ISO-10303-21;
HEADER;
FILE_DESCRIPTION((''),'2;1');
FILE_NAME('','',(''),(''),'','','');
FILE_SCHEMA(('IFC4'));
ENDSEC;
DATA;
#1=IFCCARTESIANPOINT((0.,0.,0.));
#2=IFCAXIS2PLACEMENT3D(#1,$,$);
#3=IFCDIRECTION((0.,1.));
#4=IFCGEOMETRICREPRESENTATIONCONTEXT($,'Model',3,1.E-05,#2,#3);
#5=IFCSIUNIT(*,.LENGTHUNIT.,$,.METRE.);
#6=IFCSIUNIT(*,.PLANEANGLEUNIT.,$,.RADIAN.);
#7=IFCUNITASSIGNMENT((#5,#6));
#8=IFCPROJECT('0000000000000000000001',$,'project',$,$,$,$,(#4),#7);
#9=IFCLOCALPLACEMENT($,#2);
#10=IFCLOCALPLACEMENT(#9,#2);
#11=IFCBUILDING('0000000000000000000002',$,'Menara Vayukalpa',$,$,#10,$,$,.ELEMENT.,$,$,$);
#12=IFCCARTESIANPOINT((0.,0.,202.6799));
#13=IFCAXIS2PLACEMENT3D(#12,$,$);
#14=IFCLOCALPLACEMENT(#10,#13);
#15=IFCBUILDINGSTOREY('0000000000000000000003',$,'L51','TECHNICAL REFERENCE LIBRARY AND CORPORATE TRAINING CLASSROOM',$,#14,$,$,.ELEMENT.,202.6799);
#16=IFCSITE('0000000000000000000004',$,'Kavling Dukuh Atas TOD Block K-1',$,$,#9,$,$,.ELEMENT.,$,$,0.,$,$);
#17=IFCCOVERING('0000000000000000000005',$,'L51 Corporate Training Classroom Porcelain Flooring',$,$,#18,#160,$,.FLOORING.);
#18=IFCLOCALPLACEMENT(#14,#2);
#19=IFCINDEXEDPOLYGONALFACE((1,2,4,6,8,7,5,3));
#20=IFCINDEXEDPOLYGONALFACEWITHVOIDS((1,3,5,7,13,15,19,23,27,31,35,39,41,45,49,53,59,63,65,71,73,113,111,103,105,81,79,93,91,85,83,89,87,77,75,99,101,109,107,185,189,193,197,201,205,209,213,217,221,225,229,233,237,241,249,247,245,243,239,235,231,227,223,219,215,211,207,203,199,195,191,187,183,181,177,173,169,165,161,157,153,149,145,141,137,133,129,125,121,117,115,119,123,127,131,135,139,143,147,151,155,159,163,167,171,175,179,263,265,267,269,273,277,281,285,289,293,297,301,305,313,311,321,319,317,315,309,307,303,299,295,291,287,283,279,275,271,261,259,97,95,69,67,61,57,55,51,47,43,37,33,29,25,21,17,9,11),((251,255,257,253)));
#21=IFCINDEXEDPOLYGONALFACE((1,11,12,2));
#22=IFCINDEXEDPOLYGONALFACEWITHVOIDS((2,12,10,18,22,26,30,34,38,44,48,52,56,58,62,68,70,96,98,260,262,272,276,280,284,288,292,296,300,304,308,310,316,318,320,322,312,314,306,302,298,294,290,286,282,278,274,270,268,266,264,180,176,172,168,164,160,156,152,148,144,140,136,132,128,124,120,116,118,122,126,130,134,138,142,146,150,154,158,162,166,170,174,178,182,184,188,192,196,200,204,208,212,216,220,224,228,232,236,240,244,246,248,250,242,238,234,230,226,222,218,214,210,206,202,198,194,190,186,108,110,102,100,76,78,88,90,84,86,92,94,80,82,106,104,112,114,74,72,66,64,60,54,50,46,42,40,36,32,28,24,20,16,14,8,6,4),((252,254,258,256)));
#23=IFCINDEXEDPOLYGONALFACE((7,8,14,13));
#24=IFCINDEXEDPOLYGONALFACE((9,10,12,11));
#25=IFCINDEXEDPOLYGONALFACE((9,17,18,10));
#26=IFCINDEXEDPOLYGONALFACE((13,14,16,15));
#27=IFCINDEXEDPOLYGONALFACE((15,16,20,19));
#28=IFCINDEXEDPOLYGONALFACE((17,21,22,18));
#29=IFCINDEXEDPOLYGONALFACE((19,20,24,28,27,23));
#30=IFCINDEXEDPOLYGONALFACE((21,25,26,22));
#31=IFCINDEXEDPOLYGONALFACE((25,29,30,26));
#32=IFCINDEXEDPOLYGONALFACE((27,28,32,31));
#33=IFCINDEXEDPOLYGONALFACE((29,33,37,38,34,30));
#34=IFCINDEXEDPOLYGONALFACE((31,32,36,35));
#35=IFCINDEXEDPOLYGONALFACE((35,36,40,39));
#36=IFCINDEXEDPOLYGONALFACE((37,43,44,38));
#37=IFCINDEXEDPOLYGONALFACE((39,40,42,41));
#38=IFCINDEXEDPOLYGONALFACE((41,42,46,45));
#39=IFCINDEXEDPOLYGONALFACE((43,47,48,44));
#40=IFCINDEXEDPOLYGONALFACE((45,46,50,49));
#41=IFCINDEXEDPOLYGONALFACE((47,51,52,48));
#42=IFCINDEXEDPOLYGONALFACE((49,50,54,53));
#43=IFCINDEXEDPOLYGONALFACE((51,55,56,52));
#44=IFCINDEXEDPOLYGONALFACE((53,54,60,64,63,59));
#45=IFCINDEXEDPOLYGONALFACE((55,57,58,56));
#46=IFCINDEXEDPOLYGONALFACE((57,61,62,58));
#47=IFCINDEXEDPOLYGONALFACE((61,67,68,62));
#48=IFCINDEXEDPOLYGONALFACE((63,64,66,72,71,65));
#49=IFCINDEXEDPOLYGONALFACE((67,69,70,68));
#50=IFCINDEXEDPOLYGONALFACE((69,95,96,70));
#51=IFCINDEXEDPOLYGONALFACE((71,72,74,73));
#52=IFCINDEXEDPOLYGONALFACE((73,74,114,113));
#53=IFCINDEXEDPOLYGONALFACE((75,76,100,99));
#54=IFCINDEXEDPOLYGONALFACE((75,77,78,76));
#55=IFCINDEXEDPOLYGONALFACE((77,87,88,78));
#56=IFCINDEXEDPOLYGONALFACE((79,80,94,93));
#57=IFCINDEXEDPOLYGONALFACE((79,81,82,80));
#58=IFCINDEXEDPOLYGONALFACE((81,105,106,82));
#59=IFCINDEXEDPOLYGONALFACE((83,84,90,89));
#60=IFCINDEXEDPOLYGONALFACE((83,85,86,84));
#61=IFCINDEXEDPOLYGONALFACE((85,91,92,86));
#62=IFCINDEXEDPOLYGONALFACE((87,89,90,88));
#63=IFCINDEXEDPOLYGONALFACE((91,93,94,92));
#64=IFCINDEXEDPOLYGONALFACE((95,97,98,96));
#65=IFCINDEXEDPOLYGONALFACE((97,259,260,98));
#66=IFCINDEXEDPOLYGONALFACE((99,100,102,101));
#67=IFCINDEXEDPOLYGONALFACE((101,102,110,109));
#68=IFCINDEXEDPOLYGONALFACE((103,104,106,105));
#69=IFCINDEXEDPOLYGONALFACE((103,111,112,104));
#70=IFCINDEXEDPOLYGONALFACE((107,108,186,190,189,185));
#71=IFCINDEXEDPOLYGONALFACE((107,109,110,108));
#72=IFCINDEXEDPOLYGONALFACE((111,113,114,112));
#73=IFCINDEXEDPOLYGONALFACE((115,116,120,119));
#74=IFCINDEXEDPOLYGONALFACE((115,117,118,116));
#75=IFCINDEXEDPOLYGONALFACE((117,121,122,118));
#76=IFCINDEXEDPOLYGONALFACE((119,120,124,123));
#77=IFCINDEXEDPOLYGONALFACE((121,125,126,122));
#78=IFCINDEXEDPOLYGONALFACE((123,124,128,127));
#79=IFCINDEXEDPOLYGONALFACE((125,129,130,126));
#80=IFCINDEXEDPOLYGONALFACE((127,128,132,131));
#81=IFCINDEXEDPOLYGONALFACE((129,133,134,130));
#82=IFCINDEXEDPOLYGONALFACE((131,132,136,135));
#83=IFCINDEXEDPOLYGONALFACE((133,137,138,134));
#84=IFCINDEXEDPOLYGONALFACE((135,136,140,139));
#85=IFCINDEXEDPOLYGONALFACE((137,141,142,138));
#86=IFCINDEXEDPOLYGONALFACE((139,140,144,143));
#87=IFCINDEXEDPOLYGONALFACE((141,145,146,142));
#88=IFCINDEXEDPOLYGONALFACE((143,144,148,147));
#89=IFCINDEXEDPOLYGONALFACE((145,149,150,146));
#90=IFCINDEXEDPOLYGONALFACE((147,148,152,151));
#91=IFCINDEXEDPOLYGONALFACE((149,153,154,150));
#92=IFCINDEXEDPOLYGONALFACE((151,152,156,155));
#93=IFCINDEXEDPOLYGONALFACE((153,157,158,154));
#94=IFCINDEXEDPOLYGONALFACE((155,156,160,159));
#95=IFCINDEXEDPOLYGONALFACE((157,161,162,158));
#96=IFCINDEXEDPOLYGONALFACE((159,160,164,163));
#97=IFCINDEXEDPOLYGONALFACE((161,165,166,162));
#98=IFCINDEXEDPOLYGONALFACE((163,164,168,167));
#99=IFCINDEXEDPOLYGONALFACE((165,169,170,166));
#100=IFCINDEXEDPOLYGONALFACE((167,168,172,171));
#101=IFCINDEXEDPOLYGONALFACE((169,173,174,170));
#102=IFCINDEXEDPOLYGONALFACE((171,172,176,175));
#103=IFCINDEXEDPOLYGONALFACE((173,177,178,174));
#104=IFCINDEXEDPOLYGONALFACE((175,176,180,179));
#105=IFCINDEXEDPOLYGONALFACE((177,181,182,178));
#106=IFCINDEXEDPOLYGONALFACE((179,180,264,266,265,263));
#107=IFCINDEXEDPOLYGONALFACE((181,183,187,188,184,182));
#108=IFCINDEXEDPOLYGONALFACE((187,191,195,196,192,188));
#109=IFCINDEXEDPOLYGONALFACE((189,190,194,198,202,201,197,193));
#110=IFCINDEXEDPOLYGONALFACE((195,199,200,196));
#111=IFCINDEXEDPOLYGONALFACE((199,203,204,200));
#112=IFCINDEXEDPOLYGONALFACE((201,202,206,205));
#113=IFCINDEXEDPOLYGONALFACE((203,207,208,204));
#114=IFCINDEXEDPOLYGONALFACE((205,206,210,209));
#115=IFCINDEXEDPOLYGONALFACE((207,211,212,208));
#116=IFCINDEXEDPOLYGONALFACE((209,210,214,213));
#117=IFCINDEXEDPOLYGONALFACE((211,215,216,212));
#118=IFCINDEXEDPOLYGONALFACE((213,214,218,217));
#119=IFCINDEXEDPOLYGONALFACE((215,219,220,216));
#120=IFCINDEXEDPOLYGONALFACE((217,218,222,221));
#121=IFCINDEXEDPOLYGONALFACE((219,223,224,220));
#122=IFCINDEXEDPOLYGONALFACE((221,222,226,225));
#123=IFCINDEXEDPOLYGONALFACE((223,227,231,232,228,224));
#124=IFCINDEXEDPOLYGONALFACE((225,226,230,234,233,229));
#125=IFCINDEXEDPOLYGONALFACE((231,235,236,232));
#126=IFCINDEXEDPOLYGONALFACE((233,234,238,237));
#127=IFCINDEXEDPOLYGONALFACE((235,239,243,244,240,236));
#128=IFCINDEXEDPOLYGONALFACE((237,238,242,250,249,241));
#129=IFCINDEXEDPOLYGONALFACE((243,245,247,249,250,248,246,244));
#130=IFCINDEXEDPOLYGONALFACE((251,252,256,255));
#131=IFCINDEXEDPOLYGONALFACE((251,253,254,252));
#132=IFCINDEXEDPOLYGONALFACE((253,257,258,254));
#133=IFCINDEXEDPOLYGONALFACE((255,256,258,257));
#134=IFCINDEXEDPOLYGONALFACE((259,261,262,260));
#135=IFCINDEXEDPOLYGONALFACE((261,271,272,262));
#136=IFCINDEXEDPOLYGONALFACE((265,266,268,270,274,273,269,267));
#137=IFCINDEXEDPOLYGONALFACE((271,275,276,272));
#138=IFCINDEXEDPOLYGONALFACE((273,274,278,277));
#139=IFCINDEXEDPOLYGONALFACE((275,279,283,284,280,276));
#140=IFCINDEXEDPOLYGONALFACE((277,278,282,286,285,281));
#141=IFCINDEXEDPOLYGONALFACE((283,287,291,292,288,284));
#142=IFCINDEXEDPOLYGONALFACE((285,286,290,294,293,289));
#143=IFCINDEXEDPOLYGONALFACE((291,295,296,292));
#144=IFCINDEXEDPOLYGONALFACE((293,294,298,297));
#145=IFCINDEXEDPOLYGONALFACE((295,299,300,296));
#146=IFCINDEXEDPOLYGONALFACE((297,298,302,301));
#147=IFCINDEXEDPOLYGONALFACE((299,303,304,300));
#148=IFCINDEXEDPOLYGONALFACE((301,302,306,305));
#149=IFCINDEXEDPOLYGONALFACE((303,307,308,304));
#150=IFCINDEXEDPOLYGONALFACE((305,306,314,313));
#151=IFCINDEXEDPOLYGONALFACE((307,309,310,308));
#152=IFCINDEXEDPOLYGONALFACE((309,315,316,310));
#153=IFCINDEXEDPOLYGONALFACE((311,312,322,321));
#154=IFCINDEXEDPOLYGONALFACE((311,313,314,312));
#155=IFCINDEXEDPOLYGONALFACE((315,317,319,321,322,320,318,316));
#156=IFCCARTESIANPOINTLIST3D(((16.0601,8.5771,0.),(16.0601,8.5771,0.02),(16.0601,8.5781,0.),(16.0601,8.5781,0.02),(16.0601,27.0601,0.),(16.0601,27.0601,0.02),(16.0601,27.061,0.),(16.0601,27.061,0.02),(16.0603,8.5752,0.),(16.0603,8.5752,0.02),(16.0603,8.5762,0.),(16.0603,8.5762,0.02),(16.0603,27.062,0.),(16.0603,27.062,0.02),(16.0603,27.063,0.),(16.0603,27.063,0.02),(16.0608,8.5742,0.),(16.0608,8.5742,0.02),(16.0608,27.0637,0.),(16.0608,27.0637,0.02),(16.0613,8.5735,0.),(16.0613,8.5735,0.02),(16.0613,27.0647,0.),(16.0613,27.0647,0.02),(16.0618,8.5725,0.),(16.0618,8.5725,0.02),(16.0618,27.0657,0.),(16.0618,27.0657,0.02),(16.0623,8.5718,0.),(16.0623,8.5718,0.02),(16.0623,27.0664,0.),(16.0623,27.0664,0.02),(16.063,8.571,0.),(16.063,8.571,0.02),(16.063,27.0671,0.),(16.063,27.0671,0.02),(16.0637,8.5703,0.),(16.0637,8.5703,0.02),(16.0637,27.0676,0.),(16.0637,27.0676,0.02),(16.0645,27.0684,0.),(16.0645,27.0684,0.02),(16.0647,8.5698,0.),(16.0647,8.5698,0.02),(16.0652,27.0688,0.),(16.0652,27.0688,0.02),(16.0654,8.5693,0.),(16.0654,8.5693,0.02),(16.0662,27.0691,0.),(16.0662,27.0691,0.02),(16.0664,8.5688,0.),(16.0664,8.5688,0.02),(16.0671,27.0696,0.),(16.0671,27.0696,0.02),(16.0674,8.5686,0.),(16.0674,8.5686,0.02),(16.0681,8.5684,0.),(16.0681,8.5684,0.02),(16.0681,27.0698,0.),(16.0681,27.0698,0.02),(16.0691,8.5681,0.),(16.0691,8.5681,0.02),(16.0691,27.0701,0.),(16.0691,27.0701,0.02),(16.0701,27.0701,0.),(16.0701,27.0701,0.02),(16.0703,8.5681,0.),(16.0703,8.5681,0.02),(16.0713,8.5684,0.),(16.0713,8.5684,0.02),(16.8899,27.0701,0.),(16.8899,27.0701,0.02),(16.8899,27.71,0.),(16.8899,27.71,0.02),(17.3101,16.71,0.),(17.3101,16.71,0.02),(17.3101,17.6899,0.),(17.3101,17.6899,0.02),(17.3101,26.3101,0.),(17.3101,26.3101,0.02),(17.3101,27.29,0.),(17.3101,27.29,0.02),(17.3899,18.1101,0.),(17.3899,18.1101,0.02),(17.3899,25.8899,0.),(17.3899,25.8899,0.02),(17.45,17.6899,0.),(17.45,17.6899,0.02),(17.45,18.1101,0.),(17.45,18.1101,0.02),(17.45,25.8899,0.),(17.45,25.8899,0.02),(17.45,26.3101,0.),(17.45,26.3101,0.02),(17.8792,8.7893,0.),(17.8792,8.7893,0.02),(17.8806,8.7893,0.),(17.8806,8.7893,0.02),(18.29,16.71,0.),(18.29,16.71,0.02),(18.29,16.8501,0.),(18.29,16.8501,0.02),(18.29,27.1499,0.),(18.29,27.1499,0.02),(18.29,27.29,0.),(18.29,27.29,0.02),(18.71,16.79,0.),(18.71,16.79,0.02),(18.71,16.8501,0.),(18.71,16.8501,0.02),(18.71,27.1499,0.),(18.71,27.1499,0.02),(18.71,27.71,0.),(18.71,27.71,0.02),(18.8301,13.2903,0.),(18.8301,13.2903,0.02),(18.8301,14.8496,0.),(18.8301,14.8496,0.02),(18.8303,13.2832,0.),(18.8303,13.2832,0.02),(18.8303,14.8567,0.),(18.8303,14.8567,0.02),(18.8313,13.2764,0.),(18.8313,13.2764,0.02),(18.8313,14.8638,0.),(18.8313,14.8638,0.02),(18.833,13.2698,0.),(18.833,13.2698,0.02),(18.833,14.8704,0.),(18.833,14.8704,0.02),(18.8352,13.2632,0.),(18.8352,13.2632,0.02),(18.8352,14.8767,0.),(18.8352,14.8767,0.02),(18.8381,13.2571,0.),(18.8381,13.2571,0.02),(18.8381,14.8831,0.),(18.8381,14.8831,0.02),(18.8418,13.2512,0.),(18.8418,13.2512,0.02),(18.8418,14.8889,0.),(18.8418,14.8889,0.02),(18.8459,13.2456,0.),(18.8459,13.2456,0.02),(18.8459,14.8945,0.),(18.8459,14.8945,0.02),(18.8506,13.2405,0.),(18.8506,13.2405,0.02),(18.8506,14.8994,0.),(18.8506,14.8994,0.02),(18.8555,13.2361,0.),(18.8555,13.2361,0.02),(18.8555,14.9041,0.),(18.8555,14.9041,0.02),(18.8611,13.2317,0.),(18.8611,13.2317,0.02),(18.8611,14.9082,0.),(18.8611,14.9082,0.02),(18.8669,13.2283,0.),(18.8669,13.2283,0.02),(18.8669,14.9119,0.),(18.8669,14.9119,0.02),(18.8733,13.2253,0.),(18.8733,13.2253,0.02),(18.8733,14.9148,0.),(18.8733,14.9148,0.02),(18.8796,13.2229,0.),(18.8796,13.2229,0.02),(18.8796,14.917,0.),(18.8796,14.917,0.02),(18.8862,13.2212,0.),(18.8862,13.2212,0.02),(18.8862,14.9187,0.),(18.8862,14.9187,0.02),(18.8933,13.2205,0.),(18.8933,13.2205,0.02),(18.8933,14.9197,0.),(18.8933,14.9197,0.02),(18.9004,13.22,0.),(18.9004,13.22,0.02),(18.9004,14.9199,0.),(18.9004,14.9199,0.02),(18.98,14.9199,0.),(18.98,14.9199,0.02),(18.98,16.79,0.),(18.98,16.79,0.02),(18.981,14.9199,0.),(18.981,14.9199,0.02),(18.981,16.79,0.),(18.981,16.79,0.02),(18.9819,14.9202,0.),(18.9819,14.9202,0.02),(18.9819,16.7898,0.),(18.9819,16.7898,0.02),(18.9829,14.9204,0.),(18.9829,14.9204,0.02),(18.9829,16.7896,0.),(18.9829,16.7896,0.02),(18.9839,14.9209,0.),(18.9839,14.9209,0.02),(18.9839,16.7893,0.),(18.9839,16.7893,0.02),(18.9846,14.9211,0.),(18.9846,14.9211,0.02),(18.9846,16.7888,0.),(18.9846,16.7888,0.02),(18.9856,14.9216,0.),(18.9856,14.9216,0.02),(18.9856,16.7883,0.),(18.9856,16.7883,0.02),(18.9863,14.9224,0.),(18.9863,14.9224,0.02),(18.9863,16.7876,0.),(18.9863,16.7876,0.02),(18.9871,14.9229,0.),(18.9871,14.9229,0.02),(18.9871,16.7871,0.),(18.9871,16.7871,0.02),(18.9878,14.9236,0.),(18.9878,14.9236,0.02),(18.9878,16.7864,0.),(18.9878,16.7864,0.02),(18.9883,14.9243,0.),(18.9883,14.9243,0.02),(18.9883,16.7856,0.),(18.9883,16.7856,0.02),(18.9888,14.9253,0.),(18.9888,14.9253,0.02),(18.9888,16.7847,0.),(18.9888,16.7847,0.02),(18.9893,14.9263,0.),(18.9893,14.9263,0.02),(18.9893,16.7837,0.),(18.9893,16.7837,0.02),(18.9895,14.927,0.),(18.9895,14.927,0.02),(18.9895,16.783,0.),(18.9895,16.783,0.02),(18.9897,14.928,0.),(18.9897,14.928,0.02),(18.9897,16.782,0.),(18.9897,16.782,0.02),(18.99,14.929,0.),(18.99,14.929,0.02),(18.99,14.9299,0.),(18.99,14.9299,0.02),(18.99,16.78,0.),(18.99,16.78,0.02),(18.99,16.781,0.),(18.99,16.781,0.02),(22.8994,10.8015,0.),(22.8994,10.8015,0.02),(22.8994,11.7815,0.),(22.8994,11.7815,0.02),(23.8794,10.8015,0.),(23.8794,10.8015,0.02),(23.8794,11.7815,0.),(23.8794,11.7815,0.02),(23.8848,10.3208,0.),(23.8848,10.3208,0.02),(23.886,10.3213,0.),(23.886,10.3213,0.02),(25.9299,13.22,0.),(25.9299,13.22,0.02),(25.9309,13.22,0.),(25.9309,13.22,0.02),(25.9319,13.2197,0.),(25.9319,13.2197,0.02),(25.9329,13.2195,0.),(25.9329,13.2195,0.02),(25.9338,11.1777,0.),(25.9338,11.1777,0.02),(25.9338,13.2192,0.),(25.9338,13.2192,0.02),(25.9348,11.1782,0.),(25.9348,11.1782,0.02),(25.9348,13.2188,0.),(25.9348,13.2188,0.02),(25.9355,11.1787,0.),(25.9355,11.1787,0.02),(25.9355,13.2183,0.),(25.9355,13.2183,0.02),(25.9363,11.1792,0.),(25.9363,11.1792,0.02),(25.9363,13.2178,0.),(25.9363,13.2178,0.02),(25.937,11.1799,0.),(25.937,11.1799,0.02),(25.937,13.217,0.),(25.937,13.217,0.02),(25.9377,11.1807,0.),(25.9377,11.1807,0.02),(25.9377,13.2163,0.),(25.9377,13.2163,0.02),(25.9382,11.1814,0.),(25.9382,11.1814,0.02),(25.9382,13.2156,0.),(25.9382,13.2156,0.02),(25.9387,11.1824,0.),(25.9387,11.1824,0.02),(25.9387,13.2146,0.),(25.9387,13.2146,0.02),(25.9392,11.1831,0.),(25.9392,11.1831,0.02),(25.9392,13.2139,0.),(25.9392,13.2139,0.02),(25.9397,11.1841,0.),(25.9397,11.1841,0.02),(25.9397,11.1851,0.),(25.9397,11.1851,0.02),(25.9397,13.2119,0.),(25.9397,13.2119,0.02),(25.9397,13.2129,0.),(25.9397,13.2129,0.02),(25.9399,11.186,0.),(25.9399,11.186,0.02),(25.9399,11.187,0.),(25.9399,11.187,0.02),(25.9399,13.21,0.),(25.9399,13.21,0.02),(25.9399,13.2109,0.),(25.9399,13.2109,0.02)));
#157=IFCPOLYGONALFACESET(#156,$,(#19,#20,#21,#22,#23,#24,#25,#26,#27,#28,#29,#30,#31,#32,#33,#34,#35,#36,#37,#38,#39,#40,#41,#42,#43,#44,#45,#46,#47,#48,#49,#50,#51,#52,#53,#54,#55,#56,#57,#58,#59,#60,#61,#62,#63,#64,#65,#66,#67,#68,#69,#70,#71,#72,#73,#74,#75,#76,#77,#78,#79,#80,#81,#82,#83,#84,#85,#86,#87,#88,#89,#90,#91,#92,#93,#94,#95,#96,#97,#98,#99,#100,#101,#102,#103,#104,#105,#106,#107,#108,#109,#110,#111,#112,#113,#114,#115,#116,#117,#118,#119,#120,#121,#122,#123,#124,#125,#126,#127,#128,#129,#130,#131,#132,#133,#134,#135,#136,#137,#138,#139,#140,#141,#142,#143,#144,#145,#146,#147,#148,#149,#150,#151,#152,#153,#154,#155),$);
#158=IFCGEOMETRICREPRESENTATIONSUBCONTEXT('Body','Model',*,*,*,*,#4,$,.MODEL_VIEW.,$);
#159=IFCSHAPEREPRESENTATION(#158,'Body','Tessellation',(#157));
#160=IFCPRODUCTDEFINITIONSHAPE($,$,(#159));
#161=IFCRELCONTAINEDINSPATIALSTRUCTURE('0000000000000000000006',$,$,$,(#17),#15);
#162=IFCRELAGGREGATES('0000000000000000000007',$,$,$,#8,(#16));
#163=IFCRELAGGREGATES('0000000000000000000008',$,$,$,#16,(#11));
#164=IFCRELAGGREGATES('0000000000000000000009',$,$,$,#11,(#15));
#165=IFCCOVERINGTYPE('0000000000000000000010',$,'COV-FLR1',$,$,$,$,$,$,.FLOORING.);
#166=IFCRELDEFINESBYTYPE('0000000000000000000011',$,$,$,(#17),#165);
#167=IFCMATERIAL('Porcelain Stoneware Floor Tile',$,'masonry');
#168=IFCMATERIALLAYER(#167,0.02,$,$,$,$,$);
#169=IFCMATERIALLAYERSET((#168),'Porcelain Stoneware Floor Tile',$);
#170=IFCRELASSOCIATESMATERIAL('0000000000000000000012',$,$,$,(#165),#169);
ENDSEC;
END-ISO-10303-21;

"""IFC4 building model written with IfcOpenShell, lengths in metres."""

from ifc_helpers import new_model, si_unit, direction, frame, origin, place, context, subcontext, project, spatial, polyline, outline, extrude, material, layer, layer_set, type_object, element, save


model = new_model("IFC4")

# Units and contexts
model_context = context("Model", 3, precision=1e-05, world=origin(), true_north=direction((0.0, 1.0)))
body_context = subcontext(model_context, "Body", "Model", "MODEL_VIEW")
ifc_project = project(units=[si_unit("LENGTHUNIT", "METRE"), si_unit("PLANEANGLEUNIT", "RADIAN")], contexts=[model_context])

# Site, building, storey
site_placement = place(None, origin())
site = spatial("IfcSite", under=ifc_project, at=site_placement, Name="Kavling Dukuh Atas TOD Block K-1", CompositionType="ELEMENT", RefElevation=0.0)
building_placement = place(site_placement, origin())
building = spatial("IfcBuilding", under=site, at=building_placement, Name="Menara Vayukalpa", CompositionType="ELEMENT")
storey_placement = place(building_placement, frame((0.0, 0.0, 202.6799)))
storey = spatial("IfcBuildingStorey", under=building, at=storey_placement, Name="L51", Description="TECHNICAL REFERENCE LIBRARY AND CORPORATE TRAINING CLASSROOM", CompositionType="ELEMENT", Elevation=202.6799)

# Covering
ifc_material_1 = material(Name="Porcelain Stoneware Floor Tile", Category="masonry")
ifc_layer_1 = layer(ifc_material_1, 0.02)
ifc_layer_set_1 = layer_set([ifc_layer_1], Name="Porcelain Stoneware Floor Tile")
covering_type_1 = type_object("IfcCoveringType", Name="COV-FLR1", PredefinedType="FLOORING", material=ifc_layer_set_1)
covering_1_placement = place(storey_placement, origin())
element("IfcCovering", 1, at=covering_1_placement, inside=storey, type_object=covering_type_1, Name="L51 Corporate Training Classroom Porcelain Flooring", PredefinedType="FLOORING", context=body_context, shape_type="SweptSolid", body=[
    extrude(outline(polyline([(17.45, 17.6899), (17.3101, 17.6899), (17.3101, 16.71), (18.29, 16.71), (18.29, 16.8501), (18.71, 16.8501), (18.71, 16.79), (18.98, 16.79), (18.981, 16.79), (18.9819, 16.7898), (18.9829, 16.7896), (18.9839, 16.7893), (18.9846, 16.7888), (18.9856, 16.7883), (18.9863, 16.7876), (18.9871, 16.7871), (18.9878, 16.7864), (18.9883, 16.7856), (18.9888, 16.7847), (18.9893, 16.7837), (18.9895, 16.783), (18.9897, 16.782), (18.99, 16.781), (18.99, 16.78), (18.99, 14.9299), (18.99, 14.929), (18.9897, 14.928), (18.9895, 14.927), (18.9893, 14.9263), (18.9888, 14.9253), (18.9883, 14.9243), (18.9878, 14.9236), (18.9871, 14.9229), (18.9863, 14.9224), (18.9856, 14.9216), (18.9846, 14.9211), (18.9839, 14.9209), (18.9829, 14.9204), (18.9819, 14.9202), (18.981, 14.9199), (18.98, 14.9199), (18.9004, 14.9199), (18.8933, 14.9197), (18.8862, 14.9187), (18.8796, 14.917), (18.8733, 14.9148), (18.8669, 14.9119), (18.8611, 14.9082), (18.8555, 14.9041), (18.8506, 14.8994), (18.8459, 14.8945), (18.8418, 14.8889), (18.8381, 14.8831), (18.8352, 14.8767), (18.833, 14.8704), (18.8313, 14.8638), (18.8303, 14.8567), (18.8301, 14.8496), (18.8301, 13.2903), (18.8303, 13.2832), (18.8313, 13.2764), (18.833, 13.2698), (18.8352, 13.2632), (18.8381, 13.2571), (18.8418, 13.2512), (18.8459, 13.2456), (18.8506, 13.2405), (18.8555, 13.2361), (18.8611, 13.2317), (18.8669, 13.2283), (18.8733, 13.2253), (18.8796, 13.2229), (18.8862, 13.2212), (18.8933, 13.2205), (18.9004, 13.22), (25.9299, 13.22), (25.9309, 13.22), (25.9319, 13.2197), (25.9329, 13.2195), (25.9338, 13.2192), (25.9348, 13.2188), (25.9355, 13.2183), (25.9363, 13.2178), (25.937, 13.217), (25.9377, 13.2163), (25.9382, 13.2156), (25.9387, 13.2146), (25.9392, 13.2139), (25.9397, 13.2129), (25.9397, 13.2119), (25.9399, 13.2109), (25.9399, 13.21), (25.9399, 11.187), (25.9399, 11.186), (25.9397, 11.1851), (25.9397, 11.1841), (25.9392, 11.1831), (25.9387, 11.1824), (25.9382, 11.1814), (25.9377, 11.1807), (25.937, 11.1799), (25.9363, 11.1792), (25.9355, 11.1787), (25.9348, 11.1782), (25.9338, 11.1777), (23.886, 10.3213), (23.8848, 10.3208), (17.8806, 8.7893), (17.8792, 8.7893), (16.0713, 8.5684), (16.0703, 8.5681), (16.0691, 8.5681), (16.0681, 8.5684), (16.0674, 8.5686), (16.0664, 8.5688), (16.0654, 8.5693), (16.0647, 8.5698), (16.0637, 8.5703), (16.063, 8.571), (16.0623, 8.5718), (16.0618, 8.5725), (16.0613, 8.5735), (16.0608, 8.5742), (16.0603, 8.5752), (16.0603, 8.5762), (16.0601, 8.5771), (16.0601, 8.5781), (16.0601, 27.0601), (16.0601, 27.061), (16.0603, 27.062), (16.0603, 27.063), (16.0608, 27.0637), (16.0613, 27.0647), (16.0618, 27.0657), (16.0623, 27.0664), (16.063, 27.0671), (16.0637, 27.0676), (16.0645, 27.0684), (16.0652, 27.0688), (16.0662, 27.0691), (16.0671, 27.0696), (16.0681, 27.0698), (16.0691, 27.0701), (16.0701, 27.0701), (16.8899, 27.0701), (16.8899, 27.71), (18.71, 27.71), (18.71, 27.1499), (18.29, 27.1499), (18.29, 27.29), (17.3101, 27.29), (17.3101, 26.3101), (17.45, 26.3101), (17.45, 25.8899), (17.3899, 25.8899), (17.3899, 18.1101), (17.45, 18.1101), (17.45, 17.6899)]), holes=[polyline([(23.8794, 11.7815), (22.8994, 11.7815), (22.8994, 10.8015), (23.8794, 10.8015), (23.8794, 11.7815)])]), origin(), (0.0, 0.0, 1.0), 0.02),
])

save(model, "model.ifc")
